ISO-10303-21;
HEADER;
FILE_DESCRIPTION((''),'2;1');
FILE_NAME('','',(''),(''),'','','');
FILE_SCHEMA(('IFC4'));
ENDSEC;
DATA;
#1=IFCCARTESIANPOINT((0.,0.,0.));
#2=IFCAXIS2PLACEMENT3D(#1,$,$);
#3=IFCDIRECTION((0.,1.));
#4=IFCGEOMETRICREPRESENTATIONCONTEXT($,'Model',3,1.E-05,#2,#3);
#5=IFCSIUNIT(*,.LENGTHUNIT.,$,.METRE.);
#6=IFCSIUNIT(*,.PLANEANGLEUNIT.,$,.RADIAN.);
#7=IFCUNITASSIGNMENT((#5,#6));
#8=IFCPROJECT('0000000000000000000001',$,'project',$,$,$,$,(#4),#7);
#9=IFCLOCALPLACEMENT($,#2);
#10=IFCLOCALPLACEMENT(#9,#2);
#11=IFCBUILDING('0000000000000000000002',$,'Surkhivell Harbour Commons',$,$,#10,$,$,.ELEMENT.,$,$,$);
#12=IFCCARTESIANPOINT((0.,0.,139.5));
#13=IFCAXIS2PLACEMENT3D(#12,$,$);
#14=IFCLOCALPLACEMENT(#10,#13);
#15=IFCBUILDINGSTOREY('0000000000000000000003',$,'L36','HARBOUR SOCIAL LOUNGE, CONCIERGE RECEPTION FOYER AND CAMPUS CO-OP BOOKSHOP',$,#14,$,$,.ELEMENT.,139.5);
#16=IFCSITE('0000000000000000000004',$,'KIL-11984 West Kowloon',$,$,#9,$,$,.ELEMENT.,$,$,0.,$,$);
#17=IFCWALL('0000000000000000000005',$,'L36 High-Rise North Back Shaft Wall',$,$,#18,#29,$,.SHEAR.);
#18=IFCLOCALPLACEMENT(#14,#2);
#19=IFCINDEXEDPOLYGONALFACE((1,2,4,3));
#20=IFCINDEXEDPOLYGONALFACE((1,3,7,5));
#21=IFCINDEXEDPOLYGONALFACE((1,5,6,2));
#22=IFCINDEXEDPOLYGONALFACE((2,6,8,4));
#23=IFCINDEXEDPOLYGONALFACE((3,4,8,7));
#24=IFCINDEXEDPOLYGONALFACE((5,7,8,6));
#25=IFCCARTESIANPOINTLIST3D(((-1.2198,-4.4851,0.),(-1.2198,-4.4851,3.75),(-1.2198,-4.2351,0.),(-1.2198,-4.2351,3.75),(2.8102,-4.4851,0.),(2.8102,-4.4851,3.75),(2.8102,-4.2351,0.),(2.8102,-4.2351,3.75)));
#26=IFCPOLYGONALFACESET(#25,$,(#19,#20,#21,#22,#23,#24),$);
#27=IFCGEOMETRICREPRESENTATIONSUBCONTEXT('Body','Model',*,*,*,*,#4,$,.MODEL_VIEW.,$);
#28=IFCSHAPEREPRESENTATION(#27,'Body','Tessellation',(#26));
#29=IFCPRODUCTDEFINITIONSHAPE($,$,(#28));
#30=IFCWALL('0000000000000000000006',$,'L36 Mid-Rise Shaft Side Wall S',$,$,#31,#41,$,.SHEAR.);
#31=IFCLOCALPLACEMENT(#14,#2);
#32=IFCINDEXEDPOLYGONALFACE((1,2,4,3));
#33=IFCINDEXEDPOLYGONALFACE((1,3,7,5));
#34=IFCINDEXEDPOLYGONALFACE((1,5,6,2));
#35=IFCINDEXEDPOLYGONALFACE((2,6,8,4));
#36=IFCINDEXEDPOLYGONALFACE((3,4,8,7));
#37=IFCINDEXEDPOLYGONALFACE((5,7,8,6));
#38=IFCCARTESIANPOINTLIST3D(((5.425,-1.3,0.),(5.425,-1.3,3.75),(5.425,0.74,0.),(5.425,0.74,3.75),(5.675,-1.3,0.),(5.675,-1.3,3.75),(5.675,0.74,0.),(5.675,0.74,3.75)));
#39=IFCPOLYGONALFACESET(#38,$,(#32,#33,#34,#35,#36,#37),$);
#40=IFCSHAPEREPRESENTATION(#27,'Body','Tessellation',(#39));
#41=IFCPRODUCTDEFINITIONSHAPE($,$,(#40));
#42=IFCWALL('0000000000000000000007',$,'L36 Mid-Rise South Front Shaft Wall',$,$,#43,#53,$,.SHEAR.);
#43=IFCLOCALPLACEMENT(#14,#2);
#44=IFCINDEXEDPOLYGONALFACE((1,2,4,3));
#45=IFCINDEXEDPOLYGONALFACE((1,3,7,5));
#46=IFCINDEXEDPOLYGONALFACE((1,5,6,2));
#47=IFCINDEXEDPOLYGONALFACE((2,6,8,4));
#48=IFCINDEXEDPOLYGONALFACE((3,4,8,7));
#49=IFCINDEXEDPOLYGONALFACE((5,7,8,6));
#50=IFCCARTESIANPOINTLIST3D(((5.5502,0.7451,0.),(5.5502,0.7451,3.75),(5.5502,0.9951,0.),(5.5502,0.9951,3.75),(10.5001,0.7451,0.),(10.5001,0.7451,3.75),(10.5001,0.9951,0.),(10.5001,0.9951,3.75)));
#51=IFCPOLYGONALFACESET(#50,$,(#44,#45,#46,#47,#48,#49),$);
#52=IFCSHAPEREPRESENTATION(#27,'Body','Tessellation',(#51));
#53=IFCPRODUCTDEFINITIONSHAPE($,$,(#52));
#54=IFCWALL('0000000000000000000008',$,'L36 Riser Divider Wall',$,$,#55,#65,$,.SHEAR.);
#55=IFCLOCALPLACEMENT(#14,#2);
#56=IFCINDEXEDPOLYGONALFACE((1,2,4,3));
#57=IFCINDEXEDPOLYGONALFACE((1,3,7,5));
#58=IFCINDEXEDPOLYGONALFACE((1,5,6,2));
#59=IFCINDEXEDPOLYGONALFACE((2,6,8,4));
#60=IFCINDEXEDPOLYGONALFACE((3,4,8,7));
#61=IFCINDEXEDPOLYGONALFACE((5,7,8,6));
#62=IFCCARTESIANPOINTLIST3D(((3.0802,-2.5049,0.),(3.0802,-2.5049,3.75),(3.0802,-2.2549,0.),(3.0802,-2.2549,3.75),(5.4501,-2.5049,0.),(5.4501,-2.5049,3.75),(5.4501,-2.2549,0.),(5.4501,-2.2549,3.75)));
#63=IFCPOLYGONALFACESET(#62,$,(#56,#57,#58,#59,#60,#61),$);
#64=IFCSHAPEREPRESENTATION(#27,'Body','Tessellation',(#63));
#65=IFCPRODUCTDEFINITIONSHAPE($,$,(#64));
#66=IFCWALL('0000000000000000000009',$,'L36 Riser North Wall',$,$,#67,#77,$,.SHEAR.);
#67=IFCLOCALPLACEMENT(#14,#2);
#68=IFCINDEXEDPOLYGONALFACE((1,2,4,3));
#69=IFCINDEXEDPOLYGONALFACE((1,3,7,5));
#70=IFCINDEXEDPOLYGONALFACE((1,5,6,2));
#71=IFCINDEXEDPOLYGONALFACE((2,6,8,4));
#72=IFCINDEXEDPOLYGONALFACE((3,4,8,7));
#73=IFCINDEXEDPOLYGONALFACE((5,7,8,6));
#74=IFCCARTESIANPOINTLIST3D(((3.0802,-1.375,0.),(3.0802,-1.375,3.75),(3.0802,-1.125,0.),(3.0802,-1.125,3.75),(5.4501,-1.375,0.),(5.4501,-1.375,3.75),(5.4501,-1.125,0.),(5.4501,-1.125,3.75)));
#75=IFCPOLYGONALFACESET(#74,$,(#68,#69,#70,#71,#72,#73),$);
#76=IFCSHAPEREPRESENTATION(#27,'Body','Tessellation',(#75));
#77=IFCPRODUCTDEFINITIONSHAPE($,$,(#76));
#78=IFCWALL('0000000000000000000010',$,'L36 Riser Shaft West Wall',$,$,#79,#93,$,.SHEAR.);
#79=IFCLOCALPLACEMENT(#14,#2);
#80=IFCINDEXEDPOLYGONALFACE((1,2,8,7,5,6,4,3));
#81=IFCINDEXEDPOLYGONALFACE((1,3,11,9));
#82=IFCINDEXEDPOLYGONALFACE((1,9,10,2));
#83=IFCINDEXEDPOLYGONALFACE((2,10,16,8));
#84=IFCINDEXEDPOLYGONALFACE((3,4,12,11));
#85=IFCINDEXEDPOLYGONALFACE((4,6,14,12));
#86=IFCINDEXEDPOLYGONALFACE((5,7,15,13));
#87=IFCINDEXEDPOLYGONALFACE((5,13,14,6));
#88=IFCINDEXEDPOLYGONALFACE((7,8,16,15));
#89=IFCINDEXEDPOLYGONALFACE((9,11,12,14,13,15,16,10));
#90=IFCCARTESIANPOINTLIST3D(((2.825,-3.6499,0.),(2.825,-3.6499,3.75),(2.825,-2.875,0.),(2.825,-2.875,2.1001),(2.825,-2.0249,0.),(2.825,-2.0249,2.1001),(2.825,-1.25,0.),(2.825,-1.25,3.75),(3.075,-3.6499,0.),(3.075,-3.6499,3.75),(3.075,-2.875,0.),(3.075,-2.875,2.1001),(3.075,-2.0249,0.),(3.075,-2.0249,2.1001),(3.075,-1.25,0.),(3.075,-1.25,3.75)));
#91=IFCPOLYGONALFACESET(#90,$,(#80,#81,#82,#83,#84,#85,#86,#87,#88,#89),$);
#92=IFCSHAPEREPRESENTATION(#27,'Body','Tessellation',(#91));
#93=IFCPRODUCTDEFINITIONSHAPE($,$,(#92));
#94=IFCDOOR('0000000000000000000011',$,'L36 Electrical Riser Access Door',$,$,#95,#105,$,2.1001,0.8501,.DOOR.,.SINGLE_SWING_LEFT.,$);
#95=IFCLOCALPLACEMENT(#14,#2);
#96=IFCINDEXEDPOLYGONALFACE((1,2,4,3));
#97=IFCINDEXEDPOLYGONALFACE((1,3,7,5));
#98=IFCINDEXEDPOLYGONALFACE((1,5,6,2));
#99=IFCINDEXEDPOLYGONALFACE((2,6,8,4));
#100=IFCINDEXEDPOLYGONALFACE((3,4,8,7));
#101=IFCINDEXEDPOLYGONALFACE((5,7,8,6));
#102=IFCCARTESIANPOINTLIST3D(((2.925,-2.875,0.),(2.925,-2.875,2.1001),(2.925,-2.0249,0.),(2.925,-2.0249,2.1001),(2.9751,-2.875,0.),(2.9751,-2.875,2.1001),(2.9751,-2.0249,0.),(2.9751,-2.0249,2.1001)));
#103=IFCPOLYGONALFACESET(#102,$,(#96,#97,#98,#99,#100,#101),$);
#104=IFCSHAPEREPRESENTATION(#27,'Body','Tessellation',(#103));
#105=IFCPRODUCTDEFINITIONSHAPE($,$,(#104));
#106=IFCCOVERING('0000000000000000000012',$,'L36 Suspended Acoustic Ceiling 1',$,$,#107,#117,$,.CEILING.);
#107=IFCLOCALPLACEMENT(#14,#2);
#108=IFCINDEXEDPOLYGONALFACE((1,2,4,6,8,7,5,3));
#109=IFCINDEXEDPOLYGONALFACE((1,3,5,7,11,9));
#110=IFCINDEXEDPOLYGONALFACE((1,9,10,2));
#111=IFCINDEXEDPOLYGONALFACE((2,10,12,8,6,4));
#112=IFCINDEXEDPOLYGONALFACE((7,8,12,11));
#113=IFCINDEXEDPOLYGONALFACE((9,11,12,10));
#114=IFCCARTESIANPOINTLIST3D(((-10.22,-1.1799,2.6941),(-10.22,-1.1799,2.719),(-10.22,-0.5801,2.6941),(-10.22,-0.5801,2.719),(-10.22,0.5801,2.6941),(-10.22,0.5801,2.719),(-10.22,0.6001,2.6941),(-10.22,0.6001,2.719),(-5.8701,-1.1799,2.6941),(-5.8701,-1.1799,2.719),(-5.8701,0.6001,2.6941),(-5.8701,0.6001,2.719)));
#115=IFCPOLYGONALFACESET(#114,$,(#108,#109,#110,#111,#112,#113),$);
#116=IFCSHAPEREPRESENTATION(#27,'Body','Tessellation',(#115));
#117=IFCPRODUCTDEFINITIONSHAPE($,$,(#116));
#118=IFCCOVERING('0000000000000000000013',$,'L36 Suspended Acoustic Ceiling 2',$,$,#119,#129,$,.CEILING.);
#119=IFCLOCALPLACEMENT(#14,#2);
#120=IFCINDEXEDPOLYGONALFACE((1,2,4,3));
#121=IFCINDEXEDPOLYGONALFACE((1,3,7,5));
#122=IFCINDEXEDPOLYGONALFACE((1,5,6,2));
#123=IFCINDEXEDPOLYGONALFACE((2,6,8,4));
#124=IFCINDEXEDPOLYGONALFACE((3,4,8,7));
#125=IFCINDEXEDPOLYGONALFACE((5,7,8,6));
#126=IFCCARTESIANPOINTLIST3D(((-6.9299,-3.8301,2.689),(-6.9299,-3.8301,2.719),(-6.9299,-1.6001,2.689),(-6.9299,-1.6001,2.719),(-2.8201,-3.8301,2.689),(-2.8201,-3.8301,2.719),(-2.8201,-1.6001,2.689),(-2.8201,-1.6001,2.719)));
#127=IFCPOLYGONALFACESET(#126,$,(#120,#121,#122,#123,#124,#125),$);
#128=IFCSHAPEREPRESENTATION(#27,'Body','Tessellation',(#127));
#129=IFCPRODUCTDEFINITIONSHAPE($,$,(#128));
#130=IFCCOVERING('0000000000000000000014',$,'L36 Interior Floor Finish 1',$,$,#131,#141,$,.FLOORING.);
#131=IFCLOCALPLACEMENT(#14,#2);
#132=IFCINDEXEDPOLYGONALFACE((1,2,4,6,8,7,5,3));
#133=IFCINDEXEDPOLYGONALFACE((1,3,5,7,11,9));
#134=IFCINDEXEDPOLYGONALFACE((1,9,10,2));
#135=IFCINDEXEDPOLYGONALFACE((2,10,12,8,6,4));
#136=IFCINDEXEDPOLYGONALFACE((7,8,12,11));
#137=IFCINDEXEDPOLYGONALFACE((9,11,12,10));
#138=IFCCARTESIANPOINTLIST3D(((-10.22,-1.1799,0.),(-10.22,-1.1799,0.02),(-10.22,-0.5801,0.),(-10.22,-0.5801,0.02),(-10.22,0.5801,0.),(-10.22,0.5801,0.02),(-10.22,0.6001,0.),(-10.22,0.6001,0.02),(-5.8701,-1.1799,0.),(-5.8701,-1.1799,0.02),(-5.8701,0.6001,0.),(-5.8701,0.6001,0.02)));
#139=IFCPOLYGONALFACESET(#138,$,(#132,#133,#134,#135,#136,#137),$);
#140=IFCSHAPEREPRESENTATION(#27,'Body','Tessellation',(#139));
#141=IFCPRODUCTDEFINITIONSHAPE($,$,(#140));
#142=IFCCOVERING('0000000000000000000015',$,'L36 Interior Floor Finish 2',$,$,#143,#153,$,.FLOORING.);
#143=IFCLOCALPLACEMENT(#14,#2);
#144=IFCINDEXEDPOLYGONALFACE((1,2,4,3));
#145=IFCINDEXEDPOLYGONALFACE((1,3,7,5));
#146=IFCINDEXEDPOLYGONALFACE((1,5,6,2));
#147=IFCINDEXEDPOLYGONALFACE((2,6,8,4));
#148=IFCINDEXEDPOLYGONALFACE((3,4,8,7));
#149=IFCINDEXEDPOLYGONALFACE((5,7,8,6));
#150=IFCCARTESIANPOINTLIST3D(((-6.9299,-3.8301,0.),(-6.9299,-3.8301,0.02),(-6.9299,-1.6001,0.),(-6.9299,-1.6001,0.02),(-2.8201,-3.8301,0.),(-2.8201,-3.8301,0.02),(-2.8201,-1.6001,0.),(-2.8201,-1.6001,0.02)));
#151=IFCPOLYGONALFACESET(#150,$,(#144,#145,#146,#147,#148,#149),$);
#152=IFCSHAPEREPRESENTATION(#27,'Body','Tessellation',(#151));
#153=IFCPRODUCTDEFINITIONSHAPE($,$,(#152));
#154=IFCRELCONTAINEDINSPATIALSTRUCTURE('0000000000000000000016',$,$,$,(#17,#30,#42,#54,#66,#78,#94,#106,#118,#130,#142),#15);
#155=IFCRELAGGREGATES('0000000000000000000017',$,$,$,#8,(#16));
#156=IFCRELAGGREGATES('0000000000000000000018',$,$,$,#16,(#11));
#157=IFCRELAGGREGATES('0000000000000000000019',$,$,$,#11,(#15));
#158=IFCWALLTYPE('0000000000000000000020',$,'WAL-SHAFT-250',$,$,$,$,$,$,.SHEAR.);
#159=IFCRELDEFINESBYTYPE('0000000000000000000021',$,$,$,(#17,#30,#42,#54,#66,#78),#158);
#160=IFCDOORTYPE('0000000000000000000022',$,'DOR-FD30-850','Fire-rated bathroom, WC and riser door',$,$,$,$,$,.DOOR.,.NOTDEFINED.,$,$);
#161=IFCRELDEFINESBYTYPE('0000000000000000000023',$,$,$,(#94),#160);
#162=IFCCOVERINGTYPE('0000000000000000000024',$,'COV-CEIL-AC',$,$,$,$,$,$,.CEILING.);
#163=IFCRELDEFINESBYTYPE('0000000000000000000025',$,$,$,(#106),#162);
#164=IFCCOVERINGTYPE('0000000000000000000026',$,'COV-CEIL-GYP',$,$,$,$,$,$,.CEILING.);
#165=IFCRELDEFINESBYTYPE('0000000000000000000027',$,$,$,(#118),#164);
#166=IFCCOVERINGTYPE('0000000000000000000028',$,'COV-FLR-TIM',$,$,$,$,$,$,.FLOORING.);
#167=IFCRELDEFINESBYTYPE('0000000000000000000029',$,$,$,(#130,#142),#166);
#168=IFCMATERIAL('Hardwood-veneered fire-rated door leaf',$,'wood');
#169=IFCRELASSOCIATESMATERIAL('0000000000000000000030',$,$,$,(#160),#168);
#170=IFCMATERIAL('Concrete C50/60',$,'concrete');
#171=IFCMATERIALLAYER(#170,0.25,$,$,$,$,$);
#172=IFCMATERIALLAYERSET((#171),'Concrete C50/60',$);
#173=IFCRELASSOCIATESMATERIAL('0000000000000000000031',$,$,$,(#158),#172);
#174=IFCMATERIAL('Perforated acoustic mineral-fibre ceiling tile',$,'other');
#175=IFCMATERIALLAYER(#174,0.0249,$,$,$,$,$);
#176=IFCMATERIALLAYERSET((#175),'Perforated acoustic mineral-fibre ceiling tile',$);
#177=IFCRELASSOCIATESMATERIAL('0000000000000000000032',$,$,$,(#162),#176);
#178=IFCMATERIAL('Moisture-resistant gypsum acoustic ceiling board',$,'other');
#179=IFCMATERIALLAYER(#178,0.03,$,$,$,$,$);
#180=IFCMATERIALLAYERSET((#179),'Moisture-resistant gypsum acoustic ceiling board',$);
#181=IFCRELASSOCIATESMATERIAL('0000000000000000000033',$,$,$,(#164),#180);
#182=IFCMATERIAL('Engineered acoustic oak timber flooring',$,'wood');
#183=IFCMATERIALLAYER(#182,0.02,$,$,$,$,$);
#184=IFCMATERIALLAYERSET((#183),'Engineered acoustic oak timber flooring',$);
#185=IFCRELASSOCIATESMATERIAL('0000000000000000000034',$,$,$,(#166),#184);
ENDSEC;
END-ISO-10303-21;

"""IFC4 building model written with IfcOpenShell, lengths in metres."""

from ifc_helpers import new_model, si_unit, direction, frame, frame_2d, origin, place, context, subcontext, project, spatial, polyline, rectangle, outline, extrude, material, layer, layer_set, type_object, element, fill, save


model = new_model("IFC4")

# Units and contexts
model_context = context("Model", 3, precision=1e-05, world=origin(), true_north=direction((0.0, 1.0)))
body_context = subcontext(model_context, "Body", "Model", "MODEL_VIEW")
ifc_project = project(units=[si_unit("LENGTHUNIT", "METRE"), si_unit("PLANEANGLEUNIT", "RADIAN")], contexts=[model_context])

# Site, building, storey
site_placement = place(None, origin())
site = spatial("IfcSite", under=ifc_project, at=site_placement, Name="KIL-11984 West Kowloon", CompositionType="ELEMENT", RefElevation=0.0)
building_placement = place(site_placement, origin())
building = spatial("IfcBuilding", under=site, at=building_placement, Name="Surkhivell Harbour Commons", CompositionType="ELEMENT")
storey_placement = place(building_placement, frame((0.0, 0.0, 139.5)))
storey = spatial("IfcBuildingStorey", under=building, at=storey_placement, Name="L36", Description="HARBOUR SOCIAL LOUNGE, CONCIERGE RECEPTION FOYER AND CAMPUS CO-OP BOOKSHOP", CompositionType="ELEMENT", Elevation=139.5)

# Shared definitions
ifc_material_1 = material(Name="Hardwood-veneered fire-rated door leaf", Category="wood")
door_type_1 = type_object("IfcDoorType", Name="DOR-FD30-850", Description="Fire-rated bathroom, WC and riser door", OperationType="NOTDEFINED", PredefinedType="DOOR", material=ifc_material_1)

# Shared definitions
ifc_material_2 = material(Name="Concrete C50/60", Category="concrete")
ifc_layer_1 = layer(ifc_material_2, 0.25)
ifc_layer_set_1 = layer_set([ifc_layer_1], Name="Concrete C50/60")
wall_type_1 = type_object("IfcWallType", Name="WAL-SHAFT-250", PredefinedType="SHEAR", material=ifc_layer_set_1)

# Walls
wall_1_placement = place(storey_placement, frame((-1.22, -4.3601, 0.0), z_axis=(0.0, 0.0, 1.0), x_axis=(1.0, 0.0, 0.0)))
element("IfcWall", 1, at=wall_1_placement, inside=storey, type_object=wall_type_1, Name="L36 High-Rise North Back Shaft Wall", PredefinedType="SHEAR", context=body_context, shape_type="SweptSolid", body=[
    extrude(rectangle(XDim=4.03, YDim=0.25, at=frame_2d((2.0151, 0.0))), origin(), (0.0, 0.0, 1.0), 3.75),
])
wall_2_placement = place(storey_placement, frame((5.55, -1.3, 0.0), z_axis=(0.0, 0.0, 1.0), x_axis=(0.0, 1.0, 0.0)))
element("IfcWall", 2, at=wall_2_placement, inside=storey, type_object=wall_type_1, Name="L36 Mid-Rise Shaft Side Wall S", PredefinedType="SHEAR", context=body_context, shape_type="SweptSolid", body=[
    extrude(rectangle(XDim=2.04, YDim=0.25, at=frame_2d((1.02, 0.0))), origin(), (0.0, 0.0, 1.0), 3.75),
])
wall_3_placement = place(storey_placement, frame((5.55, 0.8701, 0.0), z_axis=(0.0, 0.0, 1.0), x_axis=(1.0, 0.0, 0.0)))
element("IfcWall", 3, at=wall_3_placement, inside=storey, type_object=wall_type_1, Name="L36 Mid-Rise South Front Shaft Wall", PredefinedType="SHEAR", context=body_context, shape_type="SweptSolid", body=[
    extrude(rectangle(XDim=4.95, YDim=0.25, at=frame_2d((2.4751, 0.0))), origin(), (0.0, 0.0, 1.0), 3.75),
])
for number, where, z_axis, x_axis, name in (
    (4, (3.0801, -2.3799, 0.0), (0.0, 0.0, 1.0), (1.0, 0.0, 0.0), "L36 Riser Divider Wall"),
    (5, (3.0801, -1.25, 0.0), (0.0, 0.0, 1.0), (1.0, 0.0, 0.0), "L36 Riser North Wall"),
):
    element("IfcWall", number, at=place(storey_placement, frame(where, z_axis=z_axis, x_axis=x_axis)), inside=storey, type_object=wall_type_1, Name=name, PredefinedType="SHEAR", context=body_context, shape_type="SweptSolid", body=[
        extrude(rectangle(XDim=2.3699, YDim=0.25, at=frame_2d((1.1851, 0.0))), origin(), (0.0, 0.0, 1.0), 3.75),
    ])

# Wall, opening, door
wall_4_placement = place(storey_placement, frame((2.95, -3.6499, 0.0), z_axis=(0.0, 0.0, 1.0), x_axis=(0.0, 1.0, 0.0)))
wall_4 = element("IfcWall", 6, at=wall_4_placement, inside=storey, type_object=wall_type_1, Name="L36 Riser Shaft West Wall", PredefinedType="SHEAR", context=body_context, shape_type="SweptSolid", body=[
    extrude(rectangle(XDim=2.3999, YDim=0.25, at=frame_2d((1.2, 0.0))), origin(), (0.0, 0.0, 1.0), 3.75),
])
opening_1_placement = place(wall_4_placement, frame((0.7749, 0.0, 0.0)))
opening_1 = element("IfcOpeningElement", 7, at=opening_1_placement, cuts=wall_4, PredefinedType="OPENING", context=body_context, shape_type="SweptSolid", body=[
    extrude(rectangle(XDim=0.8501, YDim=2.1001, at=frame_2d((0.425, 1.05))), frame((0.0, 0.135, 0.0), z_axis=(0.0, -1.0, 0.0), x_axis=(1.0, 0.0, 0.0)), (0.0, 0.0, 1.0), 0.27),
])
door_1_placement = place(opening_1_placement, origin())
door_1 = element("IfcDoor", 8, at=door_1_placement, inside=storey, type_object=door_type_1, Name="L36 Electrical Riser Access Door", OperationType="SINGLE_SWING_LEFT", OverallHeight=2.1001, OverallWidth=0.8501, PredefinedType="DOOR", context=body_context, shape_type="SweptSolid", body=[
    extrude(rectangle(XDim=0.8501, YDim=2.1001, at=frame_2d((0.425, 1.05))), frame((0.0, 0.0249, 0.0), z_axis=(0.0, -1.0, 0.0), x_axis=(1.0, 0.0, 0.0)), (0.0, 0.0, 1.0), 0.05),
])
fill(opening_1, door_1)

# Coverings
ifc_material_3 = material(Name="Perforated acoustic mineral-fibre ceiling tile", Category="other")
ifc_layer_2 = layer(ifc_material_3, 0.0249)
ifc_layer_set_2 = layer_set([ifc_layer_2], Name="Perforated acoustic mineral-fibre ceiling tile")
covering_type_1 = type_object("IfcCoveringType", Name="COV-CEIL-AC", PredefinedType="CEILING", material=ifc_layer_set_2)
covering_1_placement = place(storey_placement, frame((0.0, 0.0, 2.6941)))
element("IfcCovering", 9, at=covering_1_placement, inside=storey, type_object=covering_type_1, Name="L36 Suspended Acoustic Ceiling 1", PredefinedType="CEILING", context=body_context, shape_type="SweptSolid", body=[
    extrude(outline(polyline([(-10.22, -1.1799), (-5.8701, -1.1799), (-5.8701, 0.6001), (-10.22, 0.6001), (-10.22, 0.5801), (-10.22, -0.5801), (-10.22, -1.1799)])), origin(), (0.0, 0.0, 1.0), 0.0249),
])
ifc_material_4 = material(Name="Moisture-resistant gypsum acoustic ceiling board", Category="other")
ifc_layer_3 = layer(ifc_material_4, 0.03)
ifc_layer_set_3 = layer_set([ifc_layer_3], Name="Moisture-resistant gypsum acoustic ceiling board")
covering_type_2 = type_object("IfcCoveringType", Name="COV-CEIL-GYP", PredefinedType="CEILING", material=ifc_layer_set_3)
covering_2_placement = place(storey_placement, frame((0.0, 0.0, 2.689)))
element("IfcCovering", 10, at=covering_2_placement, inside=storey, type_object=covering_type_2, Name="L36 Suspended Acoustic Ceiling 2", PredefinedType="CEILING", context=body_context, shape_type="SweptSolid", body=[
    extrude(outline(polyline([(-6.9299, -3.8301), (-2.8201, -3.8301), (-2.8201, -1.6001), (-6.9299, -1.6001), (-6.9299, -3.8301)])), origin(), (0.0, 0.0, 1.0), 0.03),
])
ifc_material_5 = material(Name="Engineered acoustic oak timber flooring", Category="wood")
ifc_layer_4 = layer(ifc_material_5, 0.02)
ifc_layer_set_4 = layer_set([ifc_layer_4], Name="Engineered acoustic oak timber flooring")
covering_type_3 = type_object("IfcCoveringType", Name="COV-FLR-TIM", PredefinedType="FLOORING", material=ifc_layer_set_4)
covering_3_placement = place(storey_placement, origin())
element("IfcCovering", 11, at=covering_3_placement, inside=storey, type_object=covering_type_3, Name="L36 Interior Floor Finish 1", PredefinedType="FLOORING", context=body_context, shape_type="SweptSolid", body=[
    extrude(outline(polyline([(-10.22, -1.1799), (-5.8701, -1.1799), (-5.8701, 0.6001), (-10.22, 0.6001), (-10.22, 0.5801), (-10.22, -0.5801), (-10.22, -1.1799)])), origin(), (0.0, 0.0, 1.0), 0.02),
])
covering_4_placement = place(storey_placement, origin())
element("IfcCovering", 12, at=covering_4_placement, inside=storey, type_object=covering_type_3, Name="L36 Interior Floor Finish 2", PredefinedType="FLOORING", context=body_context, shape_type="SweptSolid", body=[
    extrude(outline(polyline([(-6.9299, -3.8301), (-2.8201, -3.8301), (-2.8201, -1.6001), (-6.9299, -1.6001), (-6.9299, -3.8301)])), origin(), (0.0, 0.0, 1.0), 0.02),
])

save(model, "model.ifc")
